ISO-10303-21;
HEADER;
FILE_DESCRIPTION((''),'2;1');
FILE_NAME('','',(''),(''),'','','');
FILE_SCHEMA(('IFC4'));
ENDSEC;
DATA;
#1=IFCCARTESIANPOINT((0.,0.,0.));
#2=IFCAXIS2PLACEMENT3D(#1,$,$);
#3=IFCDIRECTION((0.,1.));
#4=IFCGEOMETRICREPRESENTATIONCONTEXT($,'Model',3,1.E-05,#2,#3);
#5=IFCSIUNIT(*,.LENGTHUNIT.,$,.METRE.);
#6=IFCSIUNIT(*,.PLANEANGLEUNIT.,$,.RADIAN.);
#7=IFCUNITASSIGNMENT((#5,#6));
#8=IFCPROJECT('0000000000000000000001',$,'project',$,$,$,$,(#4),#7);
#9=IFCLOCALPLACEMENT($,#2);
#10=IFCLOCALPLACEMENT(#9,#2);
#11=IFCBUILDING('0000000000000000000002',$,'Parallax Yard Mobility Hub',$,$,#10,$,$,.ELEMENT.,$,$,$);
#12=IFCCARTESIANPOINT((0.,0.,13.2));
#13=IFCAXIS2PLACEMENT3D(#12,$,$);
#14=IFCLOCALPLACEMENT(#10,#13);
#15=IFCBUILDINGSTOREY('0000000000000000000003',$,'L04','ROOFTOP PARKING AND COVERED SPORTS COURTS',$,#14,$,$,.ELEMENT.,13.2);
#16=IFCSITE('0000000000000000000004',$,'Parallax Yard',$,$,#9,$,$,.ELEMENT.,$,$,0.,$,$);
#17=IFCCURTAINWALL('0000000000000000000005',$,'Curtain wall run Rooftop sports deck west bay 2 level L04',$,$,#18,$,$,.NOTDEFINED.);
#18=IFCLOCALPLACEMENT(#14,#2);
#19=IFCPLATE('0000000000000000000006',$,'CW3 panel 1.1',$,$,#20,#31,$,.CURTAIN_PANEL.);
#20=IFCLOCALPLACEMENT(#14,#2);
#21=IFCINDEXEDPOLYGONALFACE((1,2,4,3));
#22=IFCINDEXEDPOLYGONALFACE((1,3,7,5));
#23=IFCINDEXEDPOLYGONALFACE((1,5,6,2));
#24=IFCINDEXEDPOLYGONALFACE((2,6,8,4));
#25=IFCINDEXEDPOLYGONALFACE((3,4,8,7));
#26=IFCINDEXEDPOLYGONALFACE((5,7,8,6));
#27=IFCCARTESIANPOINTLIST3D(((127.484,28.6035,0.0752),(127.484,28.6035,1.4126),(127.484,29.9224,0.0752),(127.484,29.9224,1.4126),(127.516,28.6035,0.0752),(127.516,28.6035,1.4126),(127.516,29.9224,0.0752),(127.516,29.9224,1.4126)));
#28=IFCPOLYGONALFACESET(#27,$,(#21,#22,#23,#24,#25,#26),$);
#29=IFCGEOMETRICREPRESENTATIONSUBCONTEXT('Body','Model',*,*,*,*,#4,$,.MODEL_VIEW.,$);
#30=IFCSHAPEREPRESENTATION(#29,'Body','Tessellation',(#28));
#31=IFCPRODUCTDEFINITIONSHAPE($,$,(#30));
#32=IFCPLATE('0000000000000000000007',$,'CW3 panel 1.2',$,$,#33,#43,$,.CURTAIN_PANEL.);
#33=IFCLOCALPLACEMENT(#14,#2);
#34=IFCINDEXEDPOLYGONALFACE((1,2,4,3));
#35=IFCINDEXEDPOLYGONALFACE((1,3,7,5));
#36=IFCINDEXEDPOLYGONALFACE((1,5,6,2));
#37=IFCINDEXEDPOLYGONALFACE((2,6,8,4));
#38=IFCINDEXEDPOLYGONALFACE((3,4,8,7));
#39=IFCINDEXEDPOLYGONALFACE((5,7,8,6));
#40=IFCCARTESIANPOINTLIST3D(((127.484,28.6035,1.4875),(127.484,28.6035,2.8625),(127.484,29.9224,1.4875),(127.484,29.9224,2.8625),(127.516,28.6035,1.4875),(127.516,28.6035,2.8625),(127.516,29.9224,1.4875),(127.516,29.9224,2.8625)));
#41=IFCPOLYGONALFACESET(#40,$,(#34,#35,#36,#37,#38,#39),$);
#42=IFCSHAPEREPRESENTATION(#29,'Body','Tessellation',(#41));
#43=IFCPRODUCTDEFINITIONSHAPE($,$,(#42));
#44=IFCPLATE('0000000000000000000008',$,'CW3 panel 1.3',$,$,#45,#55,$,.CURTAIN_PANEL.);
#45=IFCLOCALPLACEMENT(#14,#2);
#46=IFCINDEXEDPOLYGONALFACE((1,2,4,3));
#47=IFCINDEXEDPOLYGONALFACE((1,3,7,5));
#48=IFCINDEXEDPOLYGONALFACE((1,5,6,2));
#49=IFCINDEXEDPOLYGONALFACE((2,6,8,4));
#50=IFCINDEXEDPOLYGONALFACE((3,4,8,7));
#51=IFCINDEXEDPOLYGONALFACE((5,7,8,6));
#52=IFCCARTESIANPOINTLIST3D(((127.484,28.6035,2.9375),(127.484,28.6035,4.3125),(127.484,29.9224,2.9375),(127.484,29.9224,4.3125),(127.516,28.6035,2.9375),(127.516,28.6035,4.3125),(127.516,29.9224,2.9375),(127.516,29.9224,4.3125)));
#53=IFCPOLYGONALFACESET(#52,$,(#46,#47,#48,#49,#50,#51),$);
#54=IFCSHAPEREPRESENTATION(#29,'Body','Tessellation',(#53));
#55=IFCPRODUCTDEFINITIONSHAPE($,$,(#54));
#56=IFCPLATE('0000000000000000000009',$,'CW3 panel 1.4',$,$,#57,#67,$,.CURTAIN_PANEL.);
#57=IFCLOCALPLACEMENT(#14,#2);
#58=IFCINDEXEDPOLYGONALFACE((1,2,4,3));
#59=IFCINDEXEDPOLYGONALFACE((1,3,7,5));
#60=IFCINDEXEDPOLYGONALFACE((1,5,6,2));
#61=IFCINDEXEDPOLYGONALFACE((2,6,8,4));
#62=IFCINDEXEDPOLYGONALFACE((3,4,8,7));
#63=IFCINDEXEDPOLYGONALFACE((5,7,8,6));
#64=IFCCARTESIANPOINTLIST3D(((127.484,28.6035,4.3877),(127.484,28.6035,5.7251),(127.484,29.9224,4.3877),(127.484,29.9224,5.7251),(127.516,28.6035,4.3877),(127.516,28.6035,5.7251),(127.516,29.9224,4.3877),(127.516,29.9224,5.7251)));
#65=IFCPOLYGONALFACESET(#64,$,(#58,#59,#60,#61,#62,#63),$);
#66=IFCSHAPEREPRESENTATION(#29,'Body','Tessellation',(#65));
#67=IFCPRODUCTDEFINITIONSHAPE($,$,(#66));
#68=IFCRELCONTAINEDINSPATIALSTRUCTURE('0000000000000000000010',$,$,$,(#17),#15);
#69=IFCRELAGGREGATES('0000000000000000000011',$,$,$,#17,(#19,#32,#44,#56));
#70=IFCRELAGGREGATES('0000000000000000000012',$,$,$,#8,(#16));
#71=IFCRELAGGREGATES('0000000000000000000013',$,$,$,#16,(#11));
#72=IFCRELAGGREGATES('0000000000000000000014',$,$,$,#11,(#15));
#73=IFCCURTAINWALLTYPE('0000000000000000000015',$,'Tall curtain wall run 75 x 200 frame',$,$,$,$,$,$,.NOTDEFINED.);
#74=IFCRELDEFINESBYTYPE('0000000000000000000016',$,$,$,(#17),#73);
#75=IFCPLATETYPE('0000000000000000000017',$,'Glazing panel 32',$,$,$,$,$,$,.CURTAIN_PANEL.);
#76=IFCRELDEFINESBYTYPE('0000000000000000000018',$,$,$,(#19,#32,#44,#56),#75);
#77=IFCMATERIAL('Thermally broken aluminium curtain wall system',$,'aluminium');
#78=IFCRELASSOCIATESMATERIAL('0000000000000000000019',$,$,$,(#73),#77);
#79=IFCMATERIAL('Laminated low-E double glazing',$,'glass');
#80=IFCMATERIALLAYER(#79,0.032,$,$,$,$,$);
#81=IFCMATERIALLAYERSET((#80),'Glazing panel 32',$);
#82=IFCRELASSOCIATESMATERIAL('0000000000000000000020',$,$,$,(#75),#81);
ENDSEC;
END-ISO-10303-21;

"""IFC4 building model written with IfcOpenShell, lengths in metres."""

from ifc_helpers import new_model, si_unit, direction, frame, origin, origin_2d, place, context, subcontext, project, spatial, rectangle, extrude, material, layer, layer_set, type_object, element, aggregate, save


model = new_model("IFC4")

# Units and contexts
model_context = context("Model", 3, precision=1e-05, world=origin(), true_north=direction((0.0, 1.0)))
body_context = subcontext(model_context, "Body", "Model", "MODEL_VIEW")
ifc_project = project(units=[si_unit("LENGTHUNIT", "METRE"), si_unit("PLANEANGLEUNIT", "RADIAN")], contexts=[model_context])

# Site, building, storey
site_placement = place(None, origin())
site = spatial("IfcSite", under=ifc_project, at=site_placement, Name="Parallax Yard", CompositionType="ELEMENT", RefElevation=0.0)
building_placement = place(site_placement, origin())
building = spatial("IfcBuilding", under=site, at=building_placement, Name="Parallax Yard Mobility Hub", CompositionType="ELEMENT")
storey_placement = place(building_placement, frame((0.0, 0.0, 13.2)))
storey = spatial("IfcBuildingStorey", under=building, at=storey_placement, Name="L04", Description="ROOFTOP PARKING AND COVERED SPORTS COURTS", CompositionType="ELEMENT", Elevation=13.2)

# Shared definitions
ifc_material_1 = material(Name="Thermally broken aluminium curtain wall system", Category="aluminium")
curtain_wall_type = type_object("IfcCurtainWallType", Name="Tall curtain wall run 75 x 200 frame", PredefinedType="NOTDEFINED", material=ifc_material_1)

# Curtain wall
curtain_wall_1_placement = place(storey_placement, origin())
curtain_wall_1 = element("IfcCurtainWall", 1, at=curtain_wall_1_placement, inside=storey, type_object=curtain_wall_type, Name="Curtain wall run Rooftop sports deck west bay 2 level L04", PredefinedType="NOTDEFINED")

# Plates
ifc_material_2 = material(Name="Laminated low-E double glazing", Category="glass")
ifc_layer = layer(ifc_material_2, 0.032)
ifc_layer_set = layer_set([ifc_layer], Name="Glazing panel 32")
plate_type = type_object("IfcPlateType", Name="Glazing panel 32", PredefinedType="CURTAIN_PANEL", material=ifc_layer_set)
plate_1_placement = place(storey_placement, frame((127.5, 29.2629, 0.0752), z_axis=(0.0, 0.0, 1.0), x_axis=(0.0, 1.0, 0.0)))
plate_1 = element("IfcPlate", 2, at=plate_1_placement, type_object=plate_type, Name="CW3 panel 1.1", PredefinedType="CURTAIN_PANEL", context=body_context, shape_type="SweptSolid", body=[
    extrude(rectangle(XDim=1.3188, YDim=0.032, at=origin_2d()), origin(), (0.0, 0.0, 1.0), 1.3374),
])
plate_2_placement = place(storey_placement, frame((127.5, 29.2629, 1.4875), z_axis=(0.0, 0.0, 1.0), x_axis=(0.0, 1.0, 0.0)))
plate_2 = element("IfcPlate", 3, at=plate_2_placement, type_object=plate_type, Name="CW3 panel 1.2", PredefinedType="CURTAIN_PANEL", context=body_context, shape_type="SweptSolid", body=[
    extrude(rectangle(XDim=1.3188, YDim=0.032, at=origin_2d()), origin(), (0.0, 0.0, 1.0), 1.375),
])
plate_3_placement = place(storey_placement, frame((127.5, 29.2629, 2.9375), z_axis=(0.0, 0.0, 1.0), x_axis=(0.0, 1.0, 0.0)))
plate_3 = element("IfcPlate", 4, at=plate_3_placement, type_object=plate_type, Name="CW3 panel 1.3", PredefinedType="CURTAIN_PANEL", context=body_context, shape_type="SweptSolid", body=[
    extrude(rectangle(XDim=1.3188, YDim=0.032, at=origin_2d()), origin(), (0.0, 0.0, 1.0), 1.375),
])
plate_4_placement = place(storey_placement, frame((127.5, 29.2629, 4.3877), z_axis=(0.0, 0.0, 1.0), x_axis=(0.0, 1.0, 0.0)))
plate_4 = element("IfcPlate", 5, at=plate_4_placement, type_object=plate_type, Name="CW3 panel 1.4", PredefinedType="CURTAIN_PANEL", context=body_context, shape_type="SweptSolid", body=[
    extrude(rectangle(XDim=1.3188, YDim=0.032, at=origin_2d()), origin(), (0.0, 0.0, 1.0), 1.3374),
])
aggregate(curtain_wall_1, [plate_1, plate_2, plate_3, plate_4])

save(model, "model.ifc")
